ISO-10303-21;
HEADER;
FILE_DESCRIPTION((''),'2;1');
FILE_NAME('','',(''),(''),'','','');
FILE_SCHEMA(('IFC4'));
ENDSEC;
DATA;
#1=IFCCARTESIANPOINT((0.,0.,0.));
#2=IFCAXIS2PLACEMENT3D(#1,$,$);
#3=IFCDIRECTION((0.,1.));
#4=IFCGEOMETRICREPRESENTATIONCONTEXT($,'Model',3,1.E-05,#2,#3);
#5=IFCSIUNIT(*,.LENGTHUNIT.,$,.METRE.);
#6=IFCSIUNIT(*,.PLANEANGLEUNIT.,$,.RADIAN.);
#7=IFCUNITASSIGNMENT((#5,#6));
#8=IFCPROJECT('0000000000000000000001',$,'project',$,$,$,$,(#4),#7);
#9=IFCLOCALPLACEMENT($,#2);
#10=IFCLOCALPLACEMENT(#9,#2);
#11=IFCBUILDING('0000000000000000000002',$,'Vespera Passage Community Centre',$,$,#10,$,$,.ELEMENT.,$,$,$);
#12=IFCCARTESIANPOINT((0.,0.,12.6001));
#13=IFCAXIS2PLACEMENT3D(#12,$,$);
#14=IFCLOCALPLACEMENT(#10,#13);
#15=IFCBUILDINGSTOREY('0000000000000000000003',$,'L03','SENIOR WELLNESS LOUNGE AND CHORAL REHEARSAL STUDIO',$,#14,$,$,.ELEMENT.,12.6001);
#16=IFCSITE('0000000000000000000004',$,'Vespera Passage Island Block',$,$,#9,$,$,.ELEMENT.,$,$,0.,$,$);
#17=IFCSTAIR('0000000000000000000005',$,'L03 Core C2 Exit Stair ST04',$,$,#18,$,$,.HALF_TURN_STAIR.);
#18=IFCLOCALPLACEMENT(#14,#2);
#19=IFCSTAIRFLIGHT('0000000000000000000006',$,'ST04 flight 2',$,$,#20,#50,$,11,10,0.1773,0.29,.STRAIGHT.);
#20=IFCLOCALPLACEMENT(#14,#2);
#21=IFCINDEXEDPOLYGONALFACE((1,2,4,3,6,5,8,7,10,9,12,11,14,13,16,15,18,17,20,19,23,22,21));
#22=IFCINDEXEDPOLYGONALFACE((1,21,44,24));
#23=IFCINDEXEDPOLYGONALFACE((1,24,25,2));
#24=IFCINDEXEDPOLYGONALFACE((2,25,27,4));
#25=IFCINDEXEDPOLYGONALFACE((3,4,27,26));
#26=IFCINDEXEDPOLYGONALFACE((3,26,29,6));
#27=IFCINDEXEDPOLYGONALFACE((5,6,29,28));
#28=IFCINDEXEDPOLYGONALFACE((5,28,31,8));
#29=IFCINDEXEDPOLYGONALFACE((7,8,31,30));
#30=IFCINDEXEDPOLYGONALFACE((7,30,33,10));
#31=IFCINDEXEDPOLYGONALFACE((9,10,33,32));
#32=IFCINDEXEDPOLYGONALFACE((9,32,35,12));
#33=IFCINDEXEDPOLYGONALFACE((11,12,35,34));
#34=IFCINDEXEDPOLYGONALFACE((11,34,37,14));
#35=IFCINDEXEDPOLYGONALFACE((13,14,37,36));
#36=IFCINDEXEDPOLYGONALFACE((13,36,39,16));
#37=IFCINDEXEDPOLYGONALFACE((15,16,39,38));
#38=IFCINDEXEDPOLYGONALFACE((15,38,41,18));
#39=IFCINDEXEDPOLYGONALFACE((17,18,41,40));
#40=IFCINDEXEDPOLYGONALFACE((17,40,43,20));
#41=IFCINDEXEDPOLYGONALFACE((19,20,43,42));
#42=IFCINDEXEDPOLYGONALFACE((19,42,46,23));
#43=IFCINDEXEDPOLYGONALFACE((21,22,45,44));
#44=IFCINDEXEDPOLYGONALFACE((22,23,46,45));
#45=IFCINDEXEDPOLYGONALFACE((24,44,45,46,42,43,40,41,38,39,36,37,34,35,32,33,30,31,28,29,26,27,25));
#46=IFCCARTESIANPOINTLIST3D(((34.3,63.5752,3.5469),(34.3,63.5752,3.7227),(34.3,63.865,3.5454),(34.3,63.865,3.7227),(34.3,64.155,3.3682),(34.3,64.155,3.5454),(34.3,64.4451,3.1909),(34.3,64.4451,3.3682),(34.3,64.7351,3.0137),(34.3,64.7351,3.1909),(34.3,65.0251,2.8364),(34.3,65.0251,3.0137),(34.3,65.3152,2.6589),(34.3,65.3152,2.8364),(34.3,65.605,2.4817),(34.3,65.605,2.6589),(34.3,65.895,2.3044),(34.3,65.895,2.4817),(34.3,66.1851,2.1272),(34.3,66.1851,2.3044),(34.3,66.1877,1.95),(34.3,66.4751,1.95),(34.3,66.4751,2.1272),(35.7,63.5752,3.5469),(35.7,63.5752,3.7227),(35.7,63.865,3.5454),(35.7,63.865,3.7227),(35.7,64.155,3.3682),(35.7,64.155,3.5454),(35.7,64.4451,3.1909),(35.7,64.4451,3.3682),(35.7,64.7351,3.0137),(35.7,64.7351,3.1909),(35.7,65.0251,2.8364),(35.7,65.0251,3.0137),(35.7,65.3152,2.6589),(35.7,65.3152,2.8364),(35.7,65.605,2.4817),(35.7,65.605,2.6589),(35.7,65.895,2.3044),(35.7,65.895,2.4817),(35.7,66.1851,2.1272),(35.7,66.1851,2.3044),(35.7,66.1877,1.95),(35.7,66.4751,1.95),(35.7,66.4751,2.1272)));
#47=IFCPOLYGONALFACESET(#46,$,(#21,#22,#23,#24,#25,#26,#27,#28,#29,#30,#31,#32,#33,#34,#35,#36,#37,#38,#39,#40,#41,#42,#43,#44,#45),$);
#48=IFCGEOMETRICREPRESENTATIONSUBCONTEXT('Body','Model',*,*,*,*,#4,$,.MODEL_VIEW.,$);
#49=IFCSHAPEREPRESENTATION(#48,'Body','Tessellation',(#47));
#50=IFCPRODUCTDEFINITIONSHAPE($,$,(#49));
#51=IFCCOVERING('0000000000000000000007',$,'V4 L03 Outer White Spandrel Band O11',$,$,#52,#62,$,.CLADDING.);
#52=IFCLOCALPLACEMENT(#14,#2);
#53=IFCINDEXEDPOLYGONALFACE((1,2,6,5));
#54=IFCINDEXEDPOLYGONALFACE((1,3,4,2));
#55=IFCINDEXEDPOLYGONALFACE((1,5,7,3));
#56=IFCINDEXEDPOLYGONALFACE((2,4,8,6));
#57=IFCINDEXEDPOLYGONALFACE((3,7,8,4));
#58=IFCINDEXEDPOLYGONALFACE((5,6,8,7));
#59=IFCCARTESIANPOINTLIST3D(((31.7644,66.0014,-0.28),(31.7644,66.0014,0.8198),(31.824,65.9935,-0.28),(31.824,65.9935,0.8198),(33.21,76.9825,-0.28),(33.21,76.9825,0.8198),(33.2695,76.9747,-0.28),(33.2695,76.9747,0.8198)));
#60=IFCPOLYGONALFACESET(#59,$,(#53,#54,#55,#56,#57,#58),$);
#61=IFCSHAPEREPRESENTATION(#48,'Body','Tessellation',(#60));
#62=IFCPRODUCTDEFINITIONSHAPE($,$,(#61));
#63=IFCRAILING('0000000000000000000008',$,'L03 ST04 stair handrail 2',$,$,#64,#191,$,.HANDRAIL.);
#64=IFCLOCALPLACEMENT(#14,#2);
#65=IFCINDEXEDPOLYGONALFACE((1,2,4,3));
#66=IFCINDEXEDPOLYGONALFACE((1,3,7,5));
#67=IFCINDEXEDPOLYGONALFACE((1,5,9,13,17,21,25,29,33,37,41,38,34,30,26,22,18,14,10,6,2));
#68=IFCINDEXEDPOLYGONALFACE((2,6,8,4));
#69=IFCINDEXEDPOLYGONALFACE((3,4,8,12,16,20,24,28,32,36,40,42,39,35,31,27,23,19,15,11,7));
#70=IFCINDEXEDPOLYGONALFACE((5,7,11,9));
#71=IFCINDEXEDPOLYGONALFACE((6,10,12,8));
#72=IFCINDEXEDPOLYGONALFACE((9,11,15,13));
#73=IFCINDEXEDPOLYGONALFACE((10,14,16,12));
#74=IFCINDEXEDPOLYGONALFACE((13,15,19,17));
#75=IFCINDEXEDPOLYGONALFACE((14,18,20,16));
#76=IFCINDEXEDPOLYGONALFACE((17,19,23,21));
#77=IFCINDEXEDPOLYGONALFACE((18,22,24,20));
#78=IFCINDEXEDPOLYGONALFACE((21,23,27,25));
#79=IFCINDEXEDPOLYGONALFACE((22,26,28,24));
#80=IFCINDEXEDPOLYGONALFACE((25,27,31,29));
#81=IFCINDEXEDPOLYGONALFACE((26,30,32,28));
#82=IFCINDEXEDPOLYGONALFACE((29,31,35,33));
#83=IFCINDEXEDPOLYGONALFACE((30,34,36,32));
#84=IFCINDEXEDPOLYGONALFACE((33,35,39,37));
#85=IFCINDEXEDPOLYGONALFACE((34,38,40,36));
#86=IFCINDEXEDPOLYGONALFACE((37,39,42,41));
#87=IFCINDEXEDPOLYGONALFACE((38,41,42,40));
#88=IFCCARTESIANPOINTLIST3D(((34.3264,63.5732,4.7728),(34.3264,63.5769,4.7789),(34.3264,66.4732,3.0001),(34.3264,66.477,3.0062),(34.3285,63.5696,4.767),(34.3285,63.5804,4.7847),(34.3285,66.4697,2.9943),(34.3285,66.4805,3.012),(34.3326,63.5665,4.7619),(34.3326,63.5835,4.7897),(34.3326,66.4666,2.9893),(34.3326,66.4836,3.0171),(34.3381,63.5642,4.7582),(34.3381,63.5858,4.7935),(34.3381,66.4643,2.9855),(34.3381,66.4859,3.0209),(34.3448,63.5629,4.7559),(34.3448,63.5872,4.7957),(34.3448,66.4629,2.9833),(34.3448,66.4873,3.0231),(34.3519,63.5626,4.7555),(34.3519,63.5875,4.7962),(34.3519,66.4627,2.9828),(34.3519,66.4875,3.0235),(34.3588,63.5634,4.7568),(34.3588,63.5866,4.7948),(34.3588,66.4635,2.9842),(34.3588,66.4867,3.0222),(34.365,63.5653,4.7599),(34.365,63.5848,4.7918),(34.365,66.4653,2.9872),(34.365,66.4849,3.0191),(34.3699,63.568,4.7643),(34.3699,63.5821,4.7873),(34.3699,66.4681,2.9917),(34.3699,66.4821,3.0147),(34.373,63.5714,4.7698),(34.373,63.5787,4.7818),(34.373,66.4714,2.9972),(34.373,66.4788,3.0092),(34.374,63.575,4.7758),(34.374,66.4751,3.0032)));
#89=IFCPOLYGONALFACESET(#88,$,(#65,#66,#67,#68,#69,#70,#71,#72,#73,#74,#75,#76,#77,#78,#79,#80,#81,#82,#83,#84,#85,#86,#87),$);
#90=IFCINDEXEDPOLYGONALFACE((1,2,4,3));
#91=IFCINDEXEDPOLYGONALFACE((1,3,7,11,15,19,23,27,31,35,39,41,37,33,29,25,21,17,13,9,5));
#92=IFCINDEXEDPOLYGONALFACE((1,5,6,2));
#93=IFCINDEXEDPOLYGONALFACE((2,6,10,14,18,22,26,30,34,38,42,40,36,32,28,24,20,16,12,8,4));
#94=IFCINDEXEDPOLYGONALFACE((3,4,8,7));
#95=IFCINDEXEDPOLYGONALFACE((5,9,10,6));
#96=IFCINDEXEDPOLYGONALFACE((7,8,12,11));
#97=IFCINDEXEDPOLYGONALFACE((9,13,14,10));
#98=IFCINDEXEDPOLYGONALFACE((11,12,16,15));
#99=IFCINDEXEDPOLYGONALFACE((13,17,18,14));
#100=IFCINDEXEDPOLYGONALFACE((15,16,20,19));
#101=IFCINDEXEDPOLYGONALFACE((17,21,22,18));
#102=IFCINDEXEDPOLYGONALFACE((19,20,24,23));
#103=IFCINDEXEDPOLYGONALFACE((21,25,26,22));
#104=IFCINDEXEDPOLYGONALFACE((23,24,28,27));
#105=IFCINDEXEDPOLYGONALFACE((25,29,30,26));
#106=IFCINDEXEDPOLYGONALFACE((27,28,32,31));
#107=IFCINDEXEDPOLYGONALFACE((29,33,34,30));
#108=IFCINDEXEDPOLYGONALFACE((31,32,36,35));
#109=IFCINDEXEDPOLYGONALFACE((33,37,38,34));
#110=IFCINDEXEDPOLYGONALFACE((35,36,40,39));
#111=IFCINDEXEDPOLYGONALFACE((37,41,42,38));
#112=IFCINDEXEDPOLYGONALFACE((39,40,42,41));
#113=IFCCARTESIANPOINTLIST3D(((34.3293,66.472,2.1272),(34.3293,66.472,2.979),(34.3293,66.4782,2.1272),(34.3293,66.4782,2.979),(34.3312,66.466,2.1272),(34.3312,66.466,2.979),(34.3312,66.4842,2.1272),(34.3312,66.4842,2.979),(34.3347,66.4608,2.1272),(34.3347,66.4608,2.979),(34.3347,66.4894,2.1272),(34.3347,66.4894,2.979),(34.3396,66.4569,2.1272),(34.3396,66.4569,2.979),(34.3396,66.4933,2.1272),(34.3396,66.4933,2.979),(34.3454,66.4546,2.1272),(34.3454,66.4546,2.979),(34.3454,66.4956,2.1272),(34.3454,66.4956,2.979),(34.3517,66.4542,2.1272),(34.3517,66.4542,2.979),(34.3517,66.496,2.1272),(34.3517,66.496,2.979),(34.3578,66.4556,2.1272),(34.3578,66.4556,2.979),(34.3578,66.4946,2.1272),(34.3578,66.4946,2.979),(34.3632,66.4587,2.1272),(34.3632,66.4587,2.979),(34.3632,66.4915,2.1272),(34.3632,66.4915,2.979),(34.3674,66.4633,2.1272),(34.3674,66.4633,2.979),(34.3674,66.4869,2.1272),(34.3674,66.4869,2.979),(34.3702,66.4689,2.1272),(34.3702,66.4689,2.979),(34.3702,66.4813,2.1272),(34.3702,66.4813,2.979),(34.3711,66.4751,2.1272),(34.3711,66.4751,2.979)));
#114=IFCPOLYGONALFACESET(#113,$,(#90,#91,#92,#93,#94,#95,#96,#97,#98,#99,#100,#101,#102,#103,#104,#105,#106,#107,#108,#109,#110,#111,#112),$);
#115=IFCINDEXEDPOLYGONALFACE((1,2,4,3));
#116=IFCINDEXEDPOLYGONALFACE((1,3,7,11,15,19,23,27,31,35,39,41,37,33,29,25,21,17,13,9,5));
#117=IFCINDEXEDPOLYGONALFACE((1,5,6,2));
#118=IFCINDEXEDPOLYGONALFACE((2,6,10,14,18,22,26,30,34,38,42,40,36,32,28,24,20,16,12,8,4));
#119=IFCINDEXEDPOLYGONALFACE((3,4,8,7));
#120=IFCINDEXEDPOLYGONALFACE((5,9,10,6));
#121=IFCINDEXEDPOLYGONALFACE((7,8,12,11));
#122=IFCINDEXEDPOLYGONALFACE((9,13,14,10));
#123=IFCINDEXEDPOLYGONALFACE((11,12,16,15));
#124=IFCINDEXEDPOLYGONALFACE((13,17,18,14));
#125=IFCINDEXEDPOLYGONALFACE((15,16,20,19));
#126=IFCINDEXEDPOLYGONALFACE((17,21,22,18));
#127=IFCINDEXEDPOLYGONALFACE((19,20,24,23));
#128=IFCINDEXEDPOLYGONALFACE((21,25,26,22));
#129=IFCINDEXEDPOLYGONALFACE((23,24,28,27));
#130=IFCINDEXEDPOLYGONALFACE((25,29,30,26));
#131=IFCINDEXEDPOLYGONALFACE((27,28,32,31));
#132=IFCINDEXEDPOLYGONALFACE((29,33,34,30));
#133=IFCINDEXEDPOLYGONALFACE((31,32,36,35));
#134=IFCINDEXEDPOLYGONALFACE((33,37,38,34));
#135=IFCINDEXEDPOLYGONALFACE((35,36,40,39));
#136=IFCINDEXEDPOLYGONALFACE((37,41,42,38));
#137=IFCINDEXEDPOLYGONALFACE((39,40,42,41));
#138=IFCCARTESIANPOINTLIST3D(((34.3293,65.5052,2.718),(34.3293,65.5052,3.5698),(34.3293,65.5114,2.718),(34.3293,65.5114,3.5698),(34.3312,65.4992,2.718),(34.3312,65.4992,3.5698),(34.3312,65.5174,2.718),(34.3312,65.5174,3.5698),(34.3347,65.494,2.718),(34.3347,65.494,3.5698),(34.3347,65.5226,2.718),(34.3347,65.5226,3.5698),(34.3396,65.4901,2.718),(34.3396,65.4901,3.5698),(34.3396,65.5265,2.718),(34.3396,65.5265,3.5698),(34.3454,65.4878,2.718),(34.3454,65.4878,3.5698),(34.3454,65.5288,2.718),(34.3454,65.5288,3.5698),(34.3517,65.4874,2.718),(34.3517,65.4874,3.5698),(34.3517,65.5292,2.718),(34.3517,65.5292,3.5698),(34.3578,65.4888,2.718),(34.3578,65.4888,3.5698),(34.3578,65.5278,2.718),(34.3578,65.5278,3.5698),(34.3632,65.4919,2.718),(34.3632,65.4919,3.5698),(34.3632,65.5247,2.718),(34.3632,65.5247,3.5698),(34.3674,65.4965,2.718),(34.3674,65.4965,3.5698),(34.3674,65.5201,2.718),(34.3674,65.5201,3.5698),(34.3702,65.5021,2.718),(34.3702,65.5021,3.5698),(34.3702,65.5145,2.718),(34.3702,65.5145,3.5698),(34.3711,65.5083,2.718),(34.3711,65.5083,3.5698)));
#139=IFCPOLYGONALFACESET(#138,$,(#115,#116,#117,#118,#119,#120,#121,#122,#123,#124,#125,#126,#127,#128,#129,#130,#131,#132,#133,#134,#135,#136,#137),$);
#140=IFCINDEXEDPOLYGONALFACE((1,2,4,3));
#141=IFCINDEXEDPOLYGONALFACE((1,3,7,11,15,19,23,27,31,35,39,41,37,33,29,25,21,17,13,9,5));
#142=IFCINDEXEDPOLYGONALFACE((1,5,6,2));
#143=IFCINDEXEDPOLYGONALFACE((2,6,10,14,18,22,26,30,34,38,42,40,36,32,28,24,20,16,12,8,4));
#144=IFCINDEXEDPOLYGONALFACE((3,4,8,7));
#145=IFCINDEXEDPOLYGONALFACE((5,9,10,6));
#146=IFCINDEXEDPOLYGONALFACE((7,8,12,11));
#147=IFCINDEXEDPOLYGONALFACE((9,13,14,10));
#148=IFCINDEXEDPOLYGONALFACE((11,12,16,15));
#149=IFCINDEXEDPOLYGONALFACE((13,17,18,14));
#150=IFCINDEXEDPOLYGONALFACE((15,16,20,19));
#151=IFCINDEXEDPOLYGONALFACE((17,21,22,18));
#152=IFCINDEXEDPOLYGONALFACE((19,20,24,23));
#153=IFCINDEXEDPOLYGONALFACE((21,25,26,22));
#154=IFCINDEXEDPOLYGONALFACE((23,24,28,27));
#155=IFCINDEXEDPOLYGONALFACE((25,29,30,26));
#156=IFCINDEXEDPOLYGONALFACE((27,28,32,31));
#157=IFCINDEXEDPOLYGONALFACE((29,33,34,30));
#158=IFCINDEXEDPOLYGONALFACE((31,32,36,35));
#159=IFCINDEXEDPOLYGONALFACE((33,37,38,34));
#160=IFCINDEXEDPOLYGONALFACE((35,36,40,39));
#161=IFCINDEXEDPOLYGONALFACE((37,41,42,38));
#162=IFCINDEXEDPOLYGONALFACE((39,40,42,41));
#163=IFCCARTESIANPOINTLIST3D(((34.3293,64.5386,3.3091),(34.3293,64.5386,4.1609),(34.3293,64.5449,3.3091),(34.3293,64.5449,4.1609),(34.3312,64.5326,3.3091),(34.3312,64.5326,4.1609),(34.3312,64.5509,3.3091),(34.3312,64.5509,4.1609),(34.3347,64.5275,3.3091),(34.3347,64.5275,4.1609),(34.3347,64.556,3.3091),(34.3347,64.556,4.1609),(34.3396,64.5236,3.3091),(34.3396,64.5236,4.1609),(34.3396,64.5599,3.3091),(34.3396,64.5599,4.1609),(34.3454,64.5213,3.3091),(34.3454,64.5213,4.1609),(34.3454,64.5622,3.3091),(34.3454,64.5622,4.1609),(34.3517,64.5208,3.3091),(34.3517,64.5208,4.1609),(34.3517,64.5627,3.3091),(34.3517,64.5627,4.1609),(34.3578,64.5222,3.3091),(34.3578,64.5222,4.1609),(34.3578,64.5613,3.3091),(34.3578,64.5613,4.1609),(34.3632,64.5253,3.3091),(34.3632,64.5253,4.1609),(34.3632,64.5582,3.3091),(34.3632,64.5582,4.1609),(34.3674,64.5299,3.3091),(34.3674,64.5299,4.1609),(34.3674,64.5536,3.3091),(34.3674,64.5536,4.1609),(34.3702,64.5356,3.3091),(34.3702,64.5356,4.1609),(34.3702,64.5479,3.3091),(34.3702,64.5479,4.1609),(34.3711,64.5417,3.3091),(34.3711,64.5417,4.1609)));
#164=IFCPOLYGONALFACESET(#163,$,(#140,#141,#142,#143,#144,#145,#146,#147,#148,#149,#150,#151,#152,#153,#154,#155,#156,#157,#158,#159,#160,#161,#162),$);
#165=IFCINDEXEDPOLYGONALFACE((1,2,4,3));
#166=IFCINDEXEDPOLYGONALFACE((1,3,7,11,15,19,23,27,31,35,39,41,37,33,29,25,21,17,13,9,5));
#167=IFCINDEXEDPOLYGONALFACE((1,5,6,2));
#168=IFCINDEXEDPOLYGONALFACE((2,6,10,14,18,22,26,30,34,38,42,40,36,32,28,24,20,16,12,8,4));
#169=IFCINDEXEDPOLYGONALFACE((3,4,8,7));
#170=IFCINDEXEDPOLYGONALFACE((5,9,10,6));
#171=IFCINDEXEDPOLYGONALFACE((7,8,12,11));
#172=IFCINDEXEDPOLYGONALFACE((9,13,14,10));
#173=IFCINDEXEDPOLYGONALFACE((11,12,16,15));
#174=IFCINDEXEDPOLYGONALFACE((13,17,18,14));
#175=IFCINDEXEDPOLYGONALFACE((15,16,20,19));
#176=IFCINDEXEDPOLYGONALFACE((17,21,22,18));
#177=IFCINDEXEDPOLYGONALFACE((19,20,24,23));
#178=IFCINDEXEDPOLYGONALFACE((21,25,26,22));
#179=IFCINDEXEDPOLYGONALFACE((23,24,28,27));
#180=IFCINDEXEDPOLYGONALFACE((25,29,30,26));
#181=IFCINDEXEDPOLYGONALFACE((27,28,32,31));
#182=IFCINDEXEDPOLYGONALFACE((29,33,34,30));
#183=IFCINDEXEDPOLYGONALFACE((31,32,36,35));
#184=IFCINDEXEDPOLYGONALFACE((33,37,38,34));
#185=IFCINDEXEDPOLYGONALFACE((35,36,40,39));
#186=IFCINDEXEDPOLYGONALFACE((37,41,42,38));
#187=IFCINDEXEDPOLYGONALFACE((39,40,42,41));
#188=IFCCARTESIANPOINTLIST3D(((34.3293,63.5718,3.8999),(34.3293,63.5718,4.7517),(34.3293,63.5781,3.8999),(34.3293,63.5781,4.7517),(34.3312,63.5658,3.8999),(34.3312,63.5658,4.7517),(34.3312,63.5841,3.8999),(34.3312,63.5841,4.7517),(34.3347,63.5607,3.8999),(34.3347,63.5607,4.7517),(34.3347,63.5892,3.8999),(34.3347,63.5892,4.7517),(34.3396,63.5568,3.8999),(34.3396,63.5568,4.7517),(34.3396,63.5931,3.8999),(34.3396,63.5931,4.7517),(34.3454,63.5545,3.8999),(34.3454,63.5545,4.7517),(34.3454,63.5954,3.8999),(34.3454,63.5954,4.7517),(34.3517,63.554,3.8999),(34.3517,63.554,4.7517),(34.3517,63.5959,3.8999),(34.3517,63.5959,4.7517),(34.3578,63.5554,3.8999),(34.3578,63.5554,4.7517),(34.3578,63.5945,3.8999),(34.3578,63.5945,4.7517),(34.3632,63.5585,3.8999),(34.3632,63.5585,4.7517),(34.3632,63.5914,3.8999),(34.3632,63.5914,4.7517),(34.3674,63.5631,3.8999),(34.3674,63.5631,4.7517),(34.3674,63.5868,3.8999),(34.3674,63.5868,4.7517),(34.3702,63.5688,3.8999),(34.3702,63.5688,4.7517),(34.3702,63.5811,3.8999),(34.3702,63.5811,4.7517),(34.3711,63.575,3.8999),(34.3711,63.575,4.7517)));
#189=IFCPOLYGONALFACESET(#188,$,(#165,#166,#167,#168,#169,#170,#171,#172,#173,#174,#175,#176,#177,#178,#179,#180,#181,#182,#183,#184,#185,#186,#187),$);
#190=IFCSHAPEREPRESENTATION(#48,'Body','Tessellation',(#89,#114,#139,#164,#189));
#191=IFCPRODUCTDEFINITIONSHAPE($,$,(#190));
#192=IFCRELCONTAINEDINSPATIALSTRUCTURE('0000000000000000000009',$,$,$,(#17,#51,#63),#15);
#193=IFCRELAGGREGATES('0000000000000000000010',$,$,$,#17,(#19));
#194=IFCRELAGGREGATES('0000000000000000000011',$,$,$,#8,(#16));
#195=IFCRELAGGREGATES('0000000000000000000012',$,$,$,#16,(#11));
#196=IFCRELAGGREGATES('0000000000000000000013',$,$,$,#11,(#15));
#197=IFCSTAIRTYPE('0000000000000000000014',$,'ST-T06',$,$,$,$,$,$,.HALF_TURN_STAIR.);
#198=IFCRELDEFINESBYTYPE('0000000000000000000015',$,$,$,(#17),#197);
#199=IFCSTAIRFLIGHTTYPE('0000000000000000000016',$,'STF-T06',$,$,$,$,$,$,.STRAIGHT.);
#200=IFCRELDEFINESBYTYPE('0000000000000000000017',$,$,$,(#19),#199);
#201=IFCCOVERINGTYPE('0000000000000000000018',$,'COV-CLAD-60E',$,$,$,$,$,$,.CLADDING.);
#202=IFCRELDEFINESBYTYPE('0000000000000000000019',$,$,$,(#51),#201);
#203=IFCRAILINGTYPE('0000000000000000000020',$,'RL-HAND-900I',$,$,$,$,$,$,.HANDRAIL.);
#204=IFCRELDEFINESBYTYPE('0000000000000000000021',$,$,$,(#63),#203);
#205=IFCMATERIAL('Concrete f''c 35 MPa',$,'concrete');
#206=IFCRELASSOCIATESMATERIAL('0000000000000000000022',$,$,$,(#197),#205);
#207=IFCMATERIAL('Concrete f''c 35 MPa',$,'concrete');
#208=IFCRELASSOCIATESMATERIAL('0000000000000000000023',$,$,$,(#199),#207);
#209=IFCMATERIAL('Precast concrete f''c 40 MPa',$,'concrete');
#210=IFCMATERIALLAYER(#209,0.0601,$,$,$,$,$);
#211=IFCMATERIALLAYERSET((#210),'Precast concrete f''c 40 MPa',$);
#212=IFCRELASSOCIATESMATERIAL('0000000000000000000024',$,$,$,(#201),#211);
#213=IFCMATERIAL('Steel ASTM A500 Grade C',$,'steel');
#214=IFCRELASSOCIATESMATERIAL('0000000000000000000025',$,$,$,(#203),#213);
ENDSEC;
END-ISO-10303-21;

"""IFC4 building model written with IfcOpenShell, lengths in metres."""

from ifc_helpers import new_model, si_unit, direction, frame, frame_2d, origin, origin_2d, place, context, subcontext, project, spatial, polyline, rectangle, circle, outline, extrude, material, layer, layer_set, type_object, element, aggregate, save


model = new_model("IFC4")

# Units and contexts
model_context = context("Model", 3, precision=1e-05, world=origin(), true_north=direction((0.0, 1.0)))
body_context = subcontext(model_context, "Body", "Model", "MODEL_VIEW")
ifc_project = project(units=[si_unit("LENGTHUNIT", "METRE"), si_unit("PLANEANGLEUNIT", "RADIAN")], contexts=[model_context])

# Site, building, storey
site_placement = place(None, origin())
site = spatial("IfcSite", under=ifc_project, at=site_placement, Name="Vespera Passage Island Block", CompositionType="ELEMENT", RefElevation=0.0)
building_placement = place(site_placement, origin())
building = spatial("IfcBuilding", under=site, at=building_placement, Name="Vespera Passage Community Centre", CompositionType="ELEMENT")
storey_placement = place(building_placement, frame((0.0, 0.0, 12.6001)))
storey = spatial("IfcBuildingStorey", under=building, at=storey_placement, Name="L03", Description="SENIOR WELLNESS LOUNGE AND CHORAL REHEARSAL STUDIO", CompositionType="ELEMENT", Elevation=12.6001)

# Stair, stair flight
ifc_material_1 = material(Name="Concrete f'c 35 MPa", Category="concrete")
stair_type = type_object("IfcStairType", Name="ST-T06", PredefinedType="HALF_TURN_STAIR", material=ifc_material_1)
stair_placement = place(storey_placement, origin())
stair = element("IfcStair", 1, at=stair_placement, inside=storey, type_object=stair_type, Name="L03 Core C2 Exit Stair ST04", PredefinedType="HALF_TURN_STAIR")
ifc_material_2 = material(Name="Concrete f'c 35 MPa", Category="concrete")
stair_flight_type = type_object("IfcStairFlightType", Name="STF-T06", PredefinedType="STRAIGHT", material=ifc_material_2)
stair_flight_1_placement = place(storey_placement, frame((35.0, 66.4751, 1.95), z_axis=(0.0, 0.0, 1.0), x_axis=(0.0, -1.0, 0.0)))
stair_flight_1 = element("IfcStairFlight", 2, at=stair_flight_1_placement, type_object=stair_flight_type, Name="ST04 flight 2", NumberOfRisers=11, NumberOfTreads=10, PredefinedType="STRAIGHT", RiserHeight=0.1773, TreadLength=0.29, context=body_context, shape_type="SweptSolid", body=[
    extrude(outline(polyline([(0.0, 0.0), (0.0, 0.1772), (0.29, 0.1772), (0.29, 0.3545), (0.5801, 0.3545), (0.5801, 0.5317), (0.8701, 0.5317), (0.8701, 0.709), (1.1599, 0.709), (1.1599, 0.8865), (1.45, 0.8865), (1.45, 1.0637), (1.74, 1.0637), (1.74, 1.241), (2.03, 1.241), (2.03, 1.4182), (2.3201, 1.4182), (2.3201, 1.5955), (2.6101, 1.5955), (2.6101, 1.7727), (2.8999, 1.7727), (2.8999, 1.95), (2.8999, 1.5969), (0.2874, 0.0), (0.0, 0.0)])), frame((0.0, 0.7, 0.0), z_axis=(0.0, -1.0, 0.0), x_axis=(1.0, 0.0, 0.0)), (0.0, 0.0, 1.0), 1.3999),
])
aggregate(stair, [stair_flight_1])

# Covering
ifc_material_3 = material(Name="Precast concrete f'c 40 MPa", Category="concrete")
ifc_layer_1 = layer(ifc_material_3, 0.0601)
ifc_layer_set_1 = layer_set([ifc_layer_1], Name="Precast concrete f'c 40 MPa")
covering_type = type_object("IfcCoveringType", Name="COV-CLAD-60E", PredefinedType="CLADDING", material=ifc_layer_set_1)
covering_placement = place(storey_placement, frame((31.7942, 65.9973, -0.28), z_axis=(0.0, 0.0, 1.0), x_axis=(0.130513, 0.991447, 0.0)))
element("IfcCovering", 3, at=covering_placement, inside=storey, type_object=covering_type, Name="V4 L03 Outer White Spandrel Band O11", PredefinedType="CLADDING", context=body_context, shape_type="SweptSolid", body=[
    extrude(rectangle(XDim=11.0759, YDim=0.0601, at=frame_2d((5.5381, 0.0))), origin(), (0.0, 0.0, 1.0), 1.0999),
])

# Railing
ifc_material_4 = material(Name="Steel ASTM A500 Grade C", Category="steel")
railing_type_1 = type_object("IfcRailingType", Name="RL-HAND-900I", PredefinedType="HANDRAIL", material=ifc_material_4)
railing_1_placement = place(storey_placement, frame((34.3501, 66.4751, 2.1272)))
element("IfcRailing", 4, at=railing_1_placement, inside=storey, type_object=railing_type_1, Name="L03 ST04 stair handrail 2", PredefinedType="HANDRAIL", context=body_context, shape_type="SweptSolid", body=[
    extrude(circle(Radius=0.0239, at=origin_2d()), frame((0.0, 0.0, 0.876), z_axis=(0.0, -0.85323, 0.521534), x_axis=(1.0, 0.0, 0.0)), (0.0, 0.0, 1.0), 3.3989),
    extrude(circle(Radius=0.021, at=origin_2d()), origin(), (0.0, 0.0, 1.0), 0.8518),
    extrude(circle(Radius=0.021, at=origin_2d()), frame((0.0, -0.9668, 0.5908)), (0.0, 0.0, 1.0), 0.8518),
    extrude(circle(Radius=0.021, at=origin_2d()), frame((0.0, -1.9333, 1.1819)), (0.0, 0.0, 1.0), 0.8518),
    extrude(circle(Radius=0.021, at=origin_2d()), frame((0.0, -2.9001, 1.7727)), (0.0, 0.0, 1.0), 0.8518),
])

save(model, "model.ifc")
